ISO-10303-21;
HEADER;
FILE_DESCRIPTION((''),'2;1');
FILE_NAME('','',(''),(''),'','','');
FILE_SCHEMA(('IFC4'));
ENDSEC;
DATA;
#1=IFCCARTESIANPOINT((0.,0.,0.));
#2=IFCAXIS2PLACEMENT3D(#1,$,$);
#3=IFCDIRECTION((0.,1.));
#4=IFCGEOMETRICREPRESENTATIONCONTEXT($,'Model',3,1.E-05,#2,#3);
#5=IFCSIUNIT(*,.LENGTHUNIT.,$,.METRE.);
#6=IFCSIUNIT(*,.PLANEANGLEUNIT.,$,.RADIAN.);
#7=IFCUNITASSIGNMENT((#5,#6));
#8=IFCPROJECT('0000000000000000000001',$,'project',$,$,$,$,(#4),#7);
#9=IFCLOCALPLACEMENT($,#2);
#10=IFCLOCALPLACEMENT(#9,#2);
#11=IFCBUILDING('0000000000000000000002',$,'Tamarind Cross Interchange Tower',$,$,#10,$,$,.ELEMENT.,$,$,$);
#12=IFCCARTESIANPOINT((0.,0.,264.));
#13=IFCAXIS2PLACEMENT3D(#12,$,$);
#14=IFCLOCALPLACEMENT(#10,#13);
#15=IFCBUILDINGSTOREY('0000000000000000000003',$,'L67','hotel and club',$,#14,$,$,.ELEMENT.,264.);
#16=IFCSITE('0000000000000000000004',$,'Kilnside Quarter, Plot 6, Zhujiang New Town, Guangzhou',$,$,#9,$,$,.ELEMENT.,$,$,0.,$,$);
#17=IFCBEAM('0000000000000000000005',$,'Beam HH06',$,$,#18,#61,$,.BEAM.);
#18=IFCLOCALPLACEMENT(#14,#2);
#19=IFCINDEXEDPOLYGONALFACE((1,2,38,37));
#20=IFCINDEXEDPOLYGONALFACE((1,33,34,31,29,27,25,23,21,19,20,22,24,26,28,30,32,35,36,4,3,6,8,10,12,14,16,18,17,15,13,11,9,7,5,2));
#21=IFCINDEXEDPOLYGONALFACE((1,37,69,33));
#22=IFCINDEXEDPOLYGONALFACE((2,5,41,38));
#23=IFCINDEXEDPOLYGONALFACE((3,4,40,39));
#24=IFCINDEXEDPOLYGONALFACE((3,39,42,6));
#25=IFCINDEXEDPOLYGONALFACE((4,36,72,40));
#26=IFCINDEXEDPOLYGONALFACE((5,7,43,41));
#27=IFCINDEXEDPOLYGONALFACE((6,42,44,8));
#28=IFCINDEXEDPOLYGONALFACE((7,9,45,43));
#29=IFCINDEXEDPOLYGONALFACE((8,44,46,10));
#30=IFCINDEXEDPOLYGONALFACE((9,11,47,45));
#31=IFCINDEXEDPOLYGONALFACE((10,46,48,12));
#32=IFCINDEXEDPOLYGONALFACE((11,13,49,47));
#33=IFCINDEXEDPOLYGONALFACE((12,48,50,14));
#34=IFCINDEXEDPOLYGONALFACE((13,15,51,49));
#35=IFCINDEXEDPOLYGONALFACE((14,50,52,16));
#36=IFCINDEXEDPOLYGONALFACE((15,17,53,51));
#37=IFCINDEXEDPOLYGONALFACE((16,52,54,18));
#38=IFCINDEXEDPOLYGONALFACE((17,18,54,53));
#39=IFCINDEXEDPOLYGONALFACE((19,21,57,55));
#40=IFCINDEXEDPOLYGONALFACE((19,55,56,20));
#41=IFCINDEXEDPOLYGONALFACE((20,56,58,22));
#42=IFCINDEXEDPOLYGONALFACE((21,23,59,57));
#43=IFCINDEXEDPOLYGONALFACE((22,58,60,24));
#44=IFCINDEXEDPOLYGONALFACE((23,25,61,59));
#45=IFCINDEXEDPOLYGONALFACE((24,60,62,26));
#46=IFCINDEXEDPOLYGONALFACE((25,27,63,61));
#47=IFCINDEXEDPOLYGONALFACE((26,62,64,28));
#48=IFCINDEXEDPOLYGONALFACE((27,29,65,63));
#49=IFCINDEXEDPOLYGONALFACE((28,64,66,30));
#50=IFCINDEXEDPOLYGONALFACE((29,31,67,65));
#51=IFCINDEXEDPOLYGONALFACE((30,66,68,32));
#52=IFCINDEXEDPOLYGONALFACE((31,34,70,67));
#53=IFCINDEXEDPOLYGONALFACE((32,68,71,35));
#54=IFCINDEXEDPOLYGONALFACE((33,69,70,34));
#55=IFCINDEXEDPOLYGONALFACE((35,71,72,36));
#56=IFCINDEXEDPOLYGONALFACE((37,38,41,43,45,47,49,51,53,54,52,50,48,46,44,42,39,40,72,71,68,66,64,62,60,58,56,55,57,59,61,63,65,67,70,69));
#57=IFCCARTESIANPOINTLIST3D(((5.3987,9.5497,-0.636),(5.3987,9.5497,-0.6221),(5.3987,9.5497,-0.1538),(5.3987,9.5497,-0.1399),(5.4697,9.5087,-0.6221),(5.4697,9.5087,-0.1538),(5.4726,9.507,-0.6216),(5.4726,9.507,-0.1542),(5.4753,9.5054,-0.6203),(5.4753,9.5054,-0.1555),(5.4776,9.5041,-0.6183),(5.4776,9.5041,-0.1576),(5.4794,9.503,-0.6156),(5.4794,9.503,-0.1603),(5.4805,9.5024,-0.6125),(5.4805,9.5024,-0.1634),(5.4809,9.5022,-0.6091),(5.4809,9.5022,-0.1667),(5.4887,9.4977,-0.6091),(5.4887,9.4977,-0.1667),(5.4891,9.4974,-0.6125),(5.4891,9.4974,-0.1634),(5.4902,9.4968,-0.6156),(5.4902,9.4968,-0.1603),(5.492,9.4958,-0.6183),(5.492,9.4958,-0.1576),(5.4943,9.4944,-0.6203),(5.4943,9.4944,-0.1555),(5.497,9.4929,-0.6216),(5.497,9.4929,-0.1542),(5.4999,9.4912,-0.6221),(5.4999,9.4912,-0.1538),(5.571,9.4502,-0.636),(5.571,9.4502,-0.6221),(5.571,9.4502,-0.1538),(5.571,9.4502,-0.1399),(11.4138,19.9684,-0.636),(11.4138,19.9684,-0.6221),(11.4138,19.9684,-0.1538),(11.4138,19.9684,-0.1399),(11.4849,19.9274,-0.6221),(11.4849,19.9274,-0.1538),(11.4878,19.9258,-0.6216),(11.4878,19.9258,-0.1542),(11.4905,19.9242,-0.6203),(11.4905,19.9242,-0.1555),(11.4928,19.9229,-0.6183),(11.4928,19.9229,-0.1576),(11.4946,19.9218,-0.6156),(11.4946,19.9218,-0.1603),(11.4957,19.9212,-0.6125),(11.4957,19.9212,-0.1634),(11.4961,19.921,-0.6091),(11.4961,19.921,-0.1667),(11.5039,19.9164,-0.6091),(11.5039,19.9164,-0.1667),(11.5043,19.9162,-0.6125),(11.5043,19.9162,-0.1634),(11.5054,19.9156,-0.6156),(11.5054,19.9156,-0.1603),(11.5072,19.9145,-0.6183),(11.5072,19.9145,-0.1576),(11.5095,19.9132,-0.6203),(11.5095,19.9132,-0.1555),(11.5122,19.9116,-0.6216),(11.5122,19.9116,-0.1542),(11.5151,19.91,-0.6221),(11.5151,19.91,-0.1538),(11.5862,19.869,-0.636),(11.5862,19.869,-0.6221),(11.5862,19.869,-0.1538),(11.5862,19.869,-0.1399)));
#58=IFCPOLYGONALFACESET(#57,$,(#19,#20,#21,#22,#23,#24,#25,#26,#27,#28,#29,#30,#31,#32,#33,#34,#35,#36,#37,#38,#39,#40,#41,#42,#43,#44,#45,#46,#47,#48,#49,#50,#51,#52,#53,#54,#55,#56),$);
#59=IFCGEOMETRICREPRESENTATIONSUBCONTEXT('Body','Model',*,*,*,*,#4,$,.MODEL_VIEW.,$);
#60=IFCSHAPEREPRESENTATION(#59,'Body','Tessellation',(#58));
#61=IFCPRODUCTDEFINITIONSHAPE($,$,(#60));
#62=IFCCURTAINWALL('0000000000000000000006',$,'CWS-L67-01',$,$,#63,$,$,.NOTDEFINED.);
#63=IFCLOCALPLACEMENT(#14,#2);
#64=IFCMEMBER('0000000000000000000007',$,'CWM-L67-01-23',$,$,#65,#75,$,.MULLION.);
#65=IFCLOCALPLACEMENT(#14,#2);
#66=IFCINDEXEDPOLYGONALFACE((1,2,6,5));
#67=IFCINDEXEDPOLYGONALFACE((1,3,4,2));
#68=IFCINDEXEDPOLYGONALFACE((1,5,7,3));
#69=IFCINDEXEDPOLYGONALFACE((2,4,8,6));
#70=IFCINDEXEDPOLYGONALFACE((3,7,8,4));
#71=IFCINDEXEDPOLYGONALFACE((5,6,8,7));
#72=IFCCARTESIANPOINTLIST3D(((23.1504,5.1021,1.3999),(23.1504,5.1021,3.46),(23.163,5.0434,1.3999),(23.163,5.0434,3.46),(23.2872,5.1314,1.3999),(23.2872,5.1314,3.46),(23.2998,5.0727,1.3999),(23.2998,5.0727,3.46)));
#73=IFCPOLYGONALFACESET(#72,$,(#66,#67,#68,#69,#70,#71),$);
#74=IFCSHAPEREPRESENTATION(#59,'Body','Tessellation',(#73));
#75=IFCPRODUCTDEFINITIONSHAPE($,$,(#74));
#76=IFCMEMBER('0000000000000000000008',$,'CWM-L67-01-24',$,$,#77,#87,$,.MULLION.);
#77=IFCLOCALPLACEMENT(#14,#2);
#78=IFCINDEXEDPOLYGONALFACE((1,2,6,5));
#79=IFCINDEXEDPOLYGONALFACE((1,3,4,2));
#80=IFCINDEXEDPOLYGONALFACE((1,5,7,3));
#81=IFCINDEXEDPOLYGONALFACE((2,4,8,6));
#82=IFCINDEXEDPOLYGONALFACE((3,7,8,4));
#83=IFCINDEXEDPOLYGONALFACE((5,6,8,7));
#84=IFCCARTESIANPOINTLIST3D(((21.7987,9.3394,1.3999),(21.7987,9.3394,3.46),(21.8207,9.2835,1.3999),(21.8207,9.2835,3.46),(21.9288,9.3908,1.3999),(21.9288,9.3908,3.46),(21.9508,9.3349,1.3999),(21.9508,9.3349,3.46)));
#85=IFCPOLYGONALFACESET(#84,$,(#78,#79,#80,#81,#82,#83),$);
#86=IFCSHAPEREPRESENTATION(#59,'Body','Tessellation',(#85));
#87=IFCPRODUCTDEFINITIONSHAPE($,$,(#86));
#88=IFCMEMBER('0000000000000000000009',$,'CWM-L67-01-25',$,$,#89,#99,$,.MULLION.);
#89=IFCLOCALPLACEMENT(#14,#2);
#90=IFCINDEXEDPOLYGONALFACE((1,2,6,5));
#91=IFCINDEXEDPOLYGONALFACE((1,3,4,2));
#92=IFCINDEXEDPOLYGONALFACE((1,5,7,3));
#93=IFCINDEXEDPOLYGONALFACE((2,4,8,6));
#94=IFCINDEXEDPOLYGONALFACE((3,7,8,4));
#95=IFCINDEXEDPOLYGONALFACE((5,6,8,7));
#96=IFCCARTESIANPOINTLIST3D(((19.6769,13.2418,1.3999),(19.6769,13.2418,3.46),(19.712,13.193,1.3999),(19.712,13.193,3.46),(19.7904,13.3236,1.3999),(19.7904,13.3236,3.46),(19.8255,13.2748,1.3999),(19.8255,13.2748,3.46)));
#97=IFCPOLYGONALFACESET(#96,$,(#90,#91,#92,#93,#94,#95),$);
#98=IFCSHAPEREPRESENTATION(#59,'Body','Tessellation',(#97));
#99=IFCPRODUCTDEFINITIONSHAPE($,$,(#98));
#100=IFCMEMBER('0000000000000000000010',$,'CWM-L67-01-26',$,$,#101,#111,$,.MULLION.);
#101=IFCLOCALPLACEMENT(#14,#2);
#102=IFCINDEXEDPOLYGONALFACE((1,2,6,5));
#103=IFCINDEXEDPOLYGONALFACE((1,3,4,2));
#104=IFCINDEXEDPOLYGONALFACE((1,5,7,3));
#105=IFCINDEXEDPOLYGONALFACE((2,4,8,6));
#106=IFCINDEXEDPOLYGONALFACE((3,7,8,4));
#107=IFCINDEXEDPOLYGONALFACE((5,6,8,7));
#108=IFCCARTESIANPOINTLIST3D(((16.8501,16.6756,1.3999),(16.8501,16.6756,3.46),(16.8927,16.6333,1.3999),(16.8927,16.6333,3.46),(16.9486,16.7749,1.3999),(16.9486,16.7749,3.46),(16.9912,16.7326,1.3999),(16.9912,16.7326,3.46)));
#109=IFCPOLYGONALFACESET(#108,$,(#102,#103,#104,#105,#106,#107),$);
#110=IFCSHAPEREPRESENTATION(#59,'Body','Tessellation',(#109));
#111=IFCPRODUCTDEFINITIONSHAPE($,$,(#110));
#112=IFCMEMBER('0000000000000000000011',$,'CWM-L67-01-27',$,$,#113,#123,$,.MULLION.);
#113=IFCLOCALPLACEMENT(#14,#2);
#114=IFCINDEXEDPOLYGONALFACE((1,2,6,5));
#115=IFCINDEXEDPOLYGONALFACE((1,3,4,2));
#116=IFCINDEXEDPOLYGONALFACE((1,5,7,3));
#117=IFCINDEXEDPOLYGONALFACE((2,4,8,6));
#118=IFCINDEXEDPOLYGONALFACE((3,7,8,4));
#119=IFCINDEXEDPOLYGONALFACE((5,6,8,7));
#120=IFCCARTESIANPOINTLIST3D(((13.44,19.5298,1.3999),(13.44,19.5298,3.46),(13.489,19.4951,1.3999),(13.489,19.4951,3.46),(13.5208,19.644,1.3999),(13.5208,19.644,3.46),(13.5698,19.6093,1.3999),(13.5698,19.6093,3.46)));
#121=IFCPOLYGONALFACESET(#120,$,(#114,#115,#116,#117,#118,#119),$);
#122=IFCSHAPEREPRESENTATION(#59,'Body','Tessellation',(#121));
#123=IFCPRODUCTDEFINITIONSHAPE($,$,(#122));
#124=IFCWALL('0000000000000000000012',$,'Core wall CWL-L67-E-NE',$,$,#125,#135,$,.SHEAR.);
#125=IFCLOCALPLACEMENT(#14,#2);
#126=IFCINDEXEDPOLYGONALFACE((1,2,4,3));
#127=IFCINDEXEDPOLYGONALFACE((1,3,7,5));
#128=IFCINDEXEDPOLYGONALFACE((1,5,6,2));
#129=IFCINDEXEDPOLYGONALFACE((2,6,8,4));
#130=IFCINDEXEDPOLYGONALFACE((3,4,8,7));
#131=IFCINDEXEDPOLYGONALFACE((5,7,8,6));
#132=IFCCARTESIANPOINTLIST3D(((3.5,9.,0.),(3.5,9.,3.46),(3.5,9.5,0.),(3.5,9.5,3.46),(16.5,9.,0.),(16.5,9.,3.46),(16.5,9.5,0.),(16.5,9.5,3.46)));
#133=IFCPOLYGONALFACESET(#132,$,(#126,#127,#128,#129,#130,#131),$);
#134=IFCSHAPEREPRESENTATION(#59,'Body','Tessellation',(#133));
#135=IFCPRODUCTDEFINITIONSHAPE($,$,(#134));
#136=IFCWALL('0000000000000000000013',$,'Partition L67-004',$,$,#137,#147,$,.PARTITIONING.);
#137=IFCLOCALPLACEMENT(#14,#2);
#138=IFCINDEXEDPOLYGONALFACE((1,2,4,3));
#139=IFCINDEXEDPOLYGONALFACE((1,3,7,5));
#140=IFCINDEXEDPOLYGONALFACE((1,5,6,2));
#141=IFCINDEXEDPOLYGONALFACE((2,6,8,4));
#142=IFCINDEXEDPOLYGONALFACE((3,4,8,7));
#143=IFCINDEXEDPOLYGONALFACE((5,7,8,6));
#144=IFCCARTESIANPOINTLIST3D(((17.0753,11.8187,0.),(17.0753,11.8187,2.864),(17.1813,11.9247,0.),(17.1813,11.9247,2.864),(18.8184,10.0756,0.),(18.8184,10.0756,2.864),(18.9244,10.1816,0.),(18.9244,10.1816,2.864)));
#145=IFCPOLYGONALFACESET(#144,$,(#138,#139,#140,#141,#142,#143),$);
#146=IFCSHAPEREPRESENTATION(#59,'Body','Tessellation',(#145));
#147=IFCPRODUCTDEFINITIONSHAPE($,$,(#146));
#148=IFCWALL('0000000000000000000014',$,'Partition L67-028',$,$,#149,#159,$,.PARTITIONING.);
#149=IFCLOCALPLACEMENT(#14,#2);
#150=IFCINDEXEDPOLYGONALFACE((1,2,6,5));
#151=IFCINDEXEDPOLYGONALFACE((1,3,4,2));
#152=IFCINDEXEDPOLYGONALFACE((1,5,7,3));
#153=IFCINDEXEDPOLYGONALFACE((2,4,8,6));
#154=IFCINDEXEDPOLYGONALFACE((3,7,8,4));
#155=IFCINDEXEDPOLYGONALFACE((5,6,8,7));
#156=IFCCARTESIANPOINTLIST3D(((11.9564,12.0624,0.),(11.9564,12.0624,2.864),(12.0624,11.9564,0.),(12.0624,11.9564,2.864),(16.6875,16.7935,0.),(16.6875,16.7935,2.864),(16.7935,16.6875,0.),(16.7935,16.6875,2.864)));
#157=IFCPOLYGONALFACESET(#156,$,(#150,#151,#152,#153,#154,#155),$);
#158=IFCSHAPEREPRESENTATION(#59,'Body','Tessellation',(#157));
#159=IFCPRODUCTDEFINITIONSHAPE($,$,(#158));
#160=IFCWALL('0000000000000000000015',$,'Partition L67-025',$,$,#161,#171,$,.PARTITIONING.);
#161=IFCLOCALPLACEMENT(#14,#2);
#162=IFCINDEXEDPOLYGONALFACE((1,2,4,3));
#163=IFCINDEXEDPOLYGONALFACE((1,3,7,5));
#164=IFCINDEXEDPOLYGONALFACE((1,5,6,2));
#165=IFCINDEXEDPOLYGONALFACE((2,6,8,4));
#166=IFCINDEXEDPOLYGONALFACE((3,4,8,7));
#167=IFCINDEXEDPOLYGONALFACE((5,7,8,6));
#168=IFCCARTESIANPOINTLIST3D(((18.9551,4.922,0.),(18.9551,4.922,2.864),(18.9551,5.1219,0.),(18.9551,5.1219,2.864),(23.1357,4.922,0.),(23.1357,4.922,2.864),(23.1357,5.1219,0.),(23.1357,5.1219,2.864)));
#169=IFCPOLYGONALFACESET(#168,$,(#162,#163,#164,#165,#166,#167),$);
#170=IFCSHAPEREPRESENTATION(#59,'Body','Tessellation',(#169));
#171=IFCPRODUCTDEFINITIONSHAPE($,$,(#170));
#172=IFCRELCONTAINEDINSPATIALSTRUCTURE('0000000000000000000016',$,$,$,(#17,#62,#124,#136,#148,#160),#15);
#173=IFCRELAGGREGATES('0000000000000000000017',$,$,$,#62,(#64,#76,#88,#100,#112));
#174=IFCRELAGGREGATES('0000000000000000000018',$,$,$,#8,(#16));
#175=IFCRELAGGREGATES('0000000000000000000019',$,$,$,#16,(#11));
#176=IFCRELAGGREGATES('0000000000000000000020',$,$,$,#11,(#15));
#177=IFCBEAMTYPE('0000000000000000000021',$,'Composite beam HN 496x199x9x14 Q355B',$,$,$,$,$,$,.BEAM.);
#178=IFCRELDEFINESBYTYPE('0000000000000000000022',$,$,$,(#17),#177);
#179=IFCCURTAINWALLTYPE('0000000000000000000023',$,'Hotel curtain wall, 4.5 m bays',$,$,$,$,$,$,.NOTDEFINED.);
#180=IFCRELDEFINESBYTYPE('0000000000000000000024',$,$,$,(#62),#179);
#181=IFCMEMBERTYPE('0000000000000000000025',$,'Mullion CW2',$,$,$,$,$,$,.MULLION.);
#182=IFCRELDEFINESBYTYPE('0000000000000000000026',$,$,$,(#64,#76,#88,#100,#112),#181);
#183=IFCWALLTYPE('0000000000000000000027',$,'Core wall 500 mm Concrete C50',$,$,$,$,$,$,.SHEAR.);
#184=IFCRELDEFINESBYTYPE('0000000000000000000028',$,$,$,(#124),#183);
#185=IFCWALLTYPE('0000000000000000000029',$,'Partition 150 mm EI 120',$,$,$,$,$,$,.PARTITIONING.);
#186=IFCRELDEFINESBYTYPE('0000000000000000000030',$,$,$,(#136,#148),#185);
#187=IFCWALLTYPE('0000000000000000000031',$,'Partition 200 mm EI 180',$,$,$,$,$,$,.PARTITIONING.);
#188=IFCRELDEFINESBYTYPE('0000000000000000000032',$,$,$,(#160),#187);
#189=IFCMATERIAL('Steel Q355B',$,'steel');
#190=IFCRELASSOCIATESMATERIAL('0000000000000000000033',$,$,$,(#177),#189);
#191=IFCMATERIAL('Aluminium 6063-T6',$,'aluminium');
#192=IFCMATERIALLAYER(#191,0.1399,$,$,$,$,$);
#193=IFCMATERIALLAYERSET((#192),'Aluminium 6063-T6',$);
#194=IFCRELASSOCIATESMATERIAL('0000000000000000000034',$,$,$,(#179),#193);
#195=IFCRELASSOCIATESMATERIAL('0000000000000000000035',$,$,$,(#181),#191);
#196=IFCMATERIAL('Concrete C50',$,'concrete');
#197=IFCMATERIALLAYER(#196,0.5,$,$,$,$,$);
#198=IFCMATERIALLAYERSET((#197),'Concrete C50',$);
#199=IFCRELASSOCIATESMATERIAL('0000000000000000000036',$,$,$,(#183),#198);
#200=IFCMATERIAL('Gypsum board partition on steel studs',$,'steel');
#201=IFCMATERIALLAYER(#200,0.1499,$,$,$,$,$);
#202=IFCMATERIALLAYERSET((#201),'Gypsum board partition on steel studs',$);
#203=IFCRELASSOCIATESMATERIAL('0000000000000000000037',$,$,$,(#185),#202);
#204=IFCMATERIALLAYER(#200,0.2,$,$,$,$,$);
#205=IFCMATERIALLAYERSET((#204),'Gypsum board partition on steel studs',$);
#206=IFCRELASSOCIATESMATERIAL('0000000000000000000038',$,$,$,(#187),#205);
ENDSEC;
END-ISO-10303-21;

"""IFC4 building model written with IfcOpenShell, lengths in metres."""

from ifc_helpers import new_model, si_unit, direction, frame, frame_2d, origin, origin_2d, place, context, subcontext, project, spatial, rectangle, i_section, extrude, material, layer, layer_set, material_profile, profile_set, type_object, element, aggregate, save


model = new_model("IFC4")

# Units and contexts
model_context = context("Model", 3, precision=1e-05, world=origin(), true_north=direction((0.0, 1.0)))
body_context = subcontext(model_context, "Body", "Model", "MODEL_VIEW")
ifc_project = project(units=[si_unit("LENGTHUNIT", "METRE"), si_unit("PLANEANGLEUNIT", "RADIAN")], contexts=[model_context])

# Site, building, storey
site_placement = place(None, origin())
site = spatial("IfcSite", under=ifc_project, at=site_placement, Name="Kilnside Quarter, Plot 6, Zhujiang New Town, Guangzhou", CompositionType="ELEMENT", RefElevation=0.0)
building_placement = place(site_placement, origin())
building = spatial("IfcBuilding", under=site, at=building_placement, Name="Tamarind Cross Interchange Tower", CompositionType="ELEMENT")
storey_placement = place(building_placement, frame((0.0, 0.0, 264.0)))
storey = spatial("IfcBuildingStorey", under=building, at=storey_placement, Name="L67", Description="hotel and club", CompositionType="ELEMENT", Elevation=264.0)

# Beam
ifc_material_1 = material(Name="Steel Q355B", Category="steel")
ifc_material_profile_1 = material_profile(ifc_material_1, i_section(OverallWidth=0.199, OverallDepth=0.4961, WebThickness=0.009, FlangeThickness=0.0139, FilletRadius=0.0129, at=origin_2d()), Name="HN 496x199x9x14")
ifc_profile_set_1 = profile_set([ifc_material_profile_1], Name="Steel Q355B")
beam_type = type_object("IfcBeamType", Name="Composite beam HN 496x199x9x14 Q355B", PredefinedType="BEAM", material=ifc_profile_set_1)
beam_1_placement = place(storey_placement, frame((11.5, 19.9187, -0.3879), z_axis=(-0.499994, -0.866029, 0.0), x_axis=(0.866029, -0.499994, 0.0)))
element("IfcBeam", 1, at=beam_1_placement, inside=storey, type_object=beam_type, Name="Beam HH06", PredefinedType="BEAM", context=body_context, shape_type="SweptSolid", body=[
    extrude(i_section(OverallWidth=0.199, OverallDepth=0.4961, WebThickness=0.009, FlangeThickness=0.0139, FilletRadius=0.0129, at=origin_2d()), origin(), (0.0, 0.0, 1.0), 12.0305),
])

# Curtain wall, members
ifc_material_2 = material(Name="Aluminium 6063-T6", Category="aluminium")
ifc_layer_1 = layer(ifc_material_2, 0.1399)
ifc_layer_set_1 = layer_set([ifc_layer_1], Name="Aluminium 6063-T6")
curtain_wall_type = type_object("IfcCurtainWallType", Name="Hotel curtain wall, 4.5 m bays", PredefinedType="NOTDEFINED", material=ifc_layer_set_1)
curtain_wall_placement = place(storey_placement, origin())
curtain_wall = element("IfcCurtainWall", 2, at=curtain_wall_placement, inside=storey, type_object=curtain_wall_type, Name="CWS-L67-01", PredefinedType="NOTDEFINED")
ifc_material_profile_2 = material_profile(ifc_material_2, rectangle(XDim=0.0601, YDim=0.1399, at=origin_2d()), Name="Mullion CW2")
ifc_profile_set_2 = profile_set([ifc_material_profile_2], Name="Aluminium 6063-T6")
member_type = type_object("IfcMemberType", Name="Mullion CW2", PredefinedType="MULLION", material=ifc_profile_set_2)
member_1_placement = place(storey_placement, frame((23.2251, 5.0874, 1.3999), z_axis=(0.0, 0.0, 1.0), x_axis=(-0.209425, 0.977825, 0.0)))
member_1 = element("IfcMember", 3, at=member_1_placement, type_object=member_type, Name="CWM-L67-01-23", PredefinedType="MULLION", context=body_context, shape_type="SweptSolid", body=[
    extrude(rectangle(XDim=0.0601, YDim=0.1399, at=origin_2d()), origin(), (0.0, 0.0, 1.0), 2.0601),
])
member_2_placement = place(storey_placement, frame((21.8748, 9.3372, 1.3999), z_axis=(0.0, 0.0, 1.0), x_axis=(-0.367514, 0.930018, 0.0)))
member_2 = element("IfcMember", 4, at=member_2_placement, type_object=member_type, Name="CWM-L67-01-24", PredefinedType="MULLION", context=body_context, shape_type="SweptSolid", body=[
    extrude(rectangle(XDim=0.0601, YDim=0.1399, at=origin_2d()), origin(), (0.0, 0.0, 1.0), 2.0601),
])
member_3_placement = place(storey_placement, frame((19.7512, 13.2583, 1.3999), z_axis=(0.0, 0.0, 1.0), x_axis=(-0.584574, 0.81134, 0.0)))
member_3 = element("IfcMember", 5, at=member_3_placement, type_object=member_type, Name="CWM-L67-01-25", PredefinedType="MULLION", context=body_context, shape_type="SweptSolid", body=[
    extrude(rectangle(XDim=0.0601, YDim=0.1399, at=origin_2d()), origin(), (0.0, 0.0, 1.0), 2.0601),
])
member_4_placement = place(storey_placement, frame((16.9207, 16.7041, 1.3999), z_axis=(0.0, 0.0, 1.0), x_axis=(-0.710143, 0.704057, 0.0)))
member_4 = element("IfcMember", 6, at=member_4_placement, type_object=member_type, Name="CWM-L67-01-26", PredefinedType="MULLION", context=body_context, shape_type="SweptSolid", body=[
    extrude(rectangle(XDim=0.0601, YDim=0.1399, at=origin_2d()), origin(), (0.0, 0.0, 1.0), 2.0601),
])
member_5_placement = place(storey_placement, frame((13.5049, 19.5696, 1.3999), z_axis=(0.0, 0.0, 1.0), x_axis=(-0.816342, 0.577569, 0.0)))
member_5 = element("IfcMember", 7, at=member_5_placement, type_object=member_type, Name="CWM-L67-01-27", PredefinedType="MULLION", context=body_context, shape_type="SweptSolid", body=[
    extrude(rectangle(XDim=0.0601, YDim=0.1399, at=origin_2d()), origin(), (0.0, 0.0, 1.0), 2.0601),
])
aggregate(curtain_wall, [member_1, member_2, member_3, member_4, member_5])

# Walls
ifc_material_3 = material(Name="Concrete C50", Category="concrete")
ifc_layer_2 = layer(ifc_material_3, 0.5)
ifc_layer_set_2 = layer_set([ifc_layer_2], Name="Concrete C50")
wall_type_1 = type_object("IfcWallType", Name="Core wall 500 mm Concrete C50", PredefinedType="SHEAR", material=ifc_layer_set_2)
wall_1_placement = place(storey_placement, frame((16.5, 9.25, 0.0), z_axis=(0.0, 0.0, 1.0), x_axis=(-1.0, 0.0, 0.0)))
element("IfcWall", 8, at=wall_1_placement, inside=storey, type_object=wall_type_1, Name="Core wall CWL-L67-E-NE", PredefinedType="SHEAR", context=body_context, shape_type="SweptSolid", body=[
    extrude(rectangle(XDim=13.0, YDim=0.5, at=frame_2d((6.5, 0.0))), origin(), (0.0, 0.0, 1.0), 3.46),
])
ifc_material_4 = material(Name="Gypsum board partition on steel studs", Category="steel")
ifc_layer_3 = layer(ifc_material_4, 0.1499)
ifc_layer_set_3 = layer_set([ifc_layer_3], Name="Gypsum board partition on steel studs")
wall_type_2 = type_object("IfcWallType", Name="Partition 150 mm EI 120", PredefinedType="PARTITIONING", material=ifc_layer_set_3)
wall_2_placement = place(storey_placement, frame((17.1284, 11.8716, 0.0), z_axis=(0.0, 0.0, 1.0), x_axis=(0.707107, -0.707107, 0.0)))
element("IfcWall", 9, at=wall_2_placement, inside=storey, type_object=wall_type_2, Name="Partition L67-004", PredefinedType="PARTITIONING", context=body_context, shape_type="SweptSolid", body=[
    extrude(rectangle(XDim=2.4651, YDim=0.1499, at=frame_2d((1.2324, 0.0))), origin(), (0.0, 0.0, 1.0), 2.864),
])
wall_3_placement = place(storey_placement, frame((12.0095, 12.0095, 0.0), z_axis=(0.0, 0.0, 1.0), x_axis=(0.707107, 0.707107, 0.0)))
element("IfcWall", 10, at=wall_3_placement, inside=storey, type_object=wall_type_2, Name="Partition L67-028", PredefinedType="PARTITIONING", context=body_context, shape_type="SweptSolid", body=[
    extrude(rectangle(XDim=6.6907, YDim=0.1499, at=frame_2d((3.3452, 0.0))), origin(), (0.0, 0.0, 1.0), 2.864),
])
ifc_layer_4 = layer(ifc_material_4, 0.2)
ifc_layer_set_4 = layer_set([ifc_layer_4], Name="Gypsum board partition on steel studs")
wall_type_3 = type_object("IfcWallType", Name="Partition 200 mm EI 180", PredefinedType="PARTITIONING", material=ifc_layer_set_4)
wall_4_placement = place(storey_placement, frame((18.9551, 5.022, 0.0), z_axis=(0.0, 0.0, 1.0), x_axis=(1.0, 0.0, 0.0)))
element("IfcWall", 11, at=wall_4_placement, inside=storey, type_object=wall_type_3, Name="Partition L67-025", PredefinedType="PARTITIONING", context=body_context, shape_type="SweptSolid", body=[
    extrude(rectangle(XDim=4.1807, YDim=0.2, at=frame_2d((2.0903, 0.0))), origin(), (0.0, 0.0, 1.0), 2.864),
])

save(model, "model.ifc")
